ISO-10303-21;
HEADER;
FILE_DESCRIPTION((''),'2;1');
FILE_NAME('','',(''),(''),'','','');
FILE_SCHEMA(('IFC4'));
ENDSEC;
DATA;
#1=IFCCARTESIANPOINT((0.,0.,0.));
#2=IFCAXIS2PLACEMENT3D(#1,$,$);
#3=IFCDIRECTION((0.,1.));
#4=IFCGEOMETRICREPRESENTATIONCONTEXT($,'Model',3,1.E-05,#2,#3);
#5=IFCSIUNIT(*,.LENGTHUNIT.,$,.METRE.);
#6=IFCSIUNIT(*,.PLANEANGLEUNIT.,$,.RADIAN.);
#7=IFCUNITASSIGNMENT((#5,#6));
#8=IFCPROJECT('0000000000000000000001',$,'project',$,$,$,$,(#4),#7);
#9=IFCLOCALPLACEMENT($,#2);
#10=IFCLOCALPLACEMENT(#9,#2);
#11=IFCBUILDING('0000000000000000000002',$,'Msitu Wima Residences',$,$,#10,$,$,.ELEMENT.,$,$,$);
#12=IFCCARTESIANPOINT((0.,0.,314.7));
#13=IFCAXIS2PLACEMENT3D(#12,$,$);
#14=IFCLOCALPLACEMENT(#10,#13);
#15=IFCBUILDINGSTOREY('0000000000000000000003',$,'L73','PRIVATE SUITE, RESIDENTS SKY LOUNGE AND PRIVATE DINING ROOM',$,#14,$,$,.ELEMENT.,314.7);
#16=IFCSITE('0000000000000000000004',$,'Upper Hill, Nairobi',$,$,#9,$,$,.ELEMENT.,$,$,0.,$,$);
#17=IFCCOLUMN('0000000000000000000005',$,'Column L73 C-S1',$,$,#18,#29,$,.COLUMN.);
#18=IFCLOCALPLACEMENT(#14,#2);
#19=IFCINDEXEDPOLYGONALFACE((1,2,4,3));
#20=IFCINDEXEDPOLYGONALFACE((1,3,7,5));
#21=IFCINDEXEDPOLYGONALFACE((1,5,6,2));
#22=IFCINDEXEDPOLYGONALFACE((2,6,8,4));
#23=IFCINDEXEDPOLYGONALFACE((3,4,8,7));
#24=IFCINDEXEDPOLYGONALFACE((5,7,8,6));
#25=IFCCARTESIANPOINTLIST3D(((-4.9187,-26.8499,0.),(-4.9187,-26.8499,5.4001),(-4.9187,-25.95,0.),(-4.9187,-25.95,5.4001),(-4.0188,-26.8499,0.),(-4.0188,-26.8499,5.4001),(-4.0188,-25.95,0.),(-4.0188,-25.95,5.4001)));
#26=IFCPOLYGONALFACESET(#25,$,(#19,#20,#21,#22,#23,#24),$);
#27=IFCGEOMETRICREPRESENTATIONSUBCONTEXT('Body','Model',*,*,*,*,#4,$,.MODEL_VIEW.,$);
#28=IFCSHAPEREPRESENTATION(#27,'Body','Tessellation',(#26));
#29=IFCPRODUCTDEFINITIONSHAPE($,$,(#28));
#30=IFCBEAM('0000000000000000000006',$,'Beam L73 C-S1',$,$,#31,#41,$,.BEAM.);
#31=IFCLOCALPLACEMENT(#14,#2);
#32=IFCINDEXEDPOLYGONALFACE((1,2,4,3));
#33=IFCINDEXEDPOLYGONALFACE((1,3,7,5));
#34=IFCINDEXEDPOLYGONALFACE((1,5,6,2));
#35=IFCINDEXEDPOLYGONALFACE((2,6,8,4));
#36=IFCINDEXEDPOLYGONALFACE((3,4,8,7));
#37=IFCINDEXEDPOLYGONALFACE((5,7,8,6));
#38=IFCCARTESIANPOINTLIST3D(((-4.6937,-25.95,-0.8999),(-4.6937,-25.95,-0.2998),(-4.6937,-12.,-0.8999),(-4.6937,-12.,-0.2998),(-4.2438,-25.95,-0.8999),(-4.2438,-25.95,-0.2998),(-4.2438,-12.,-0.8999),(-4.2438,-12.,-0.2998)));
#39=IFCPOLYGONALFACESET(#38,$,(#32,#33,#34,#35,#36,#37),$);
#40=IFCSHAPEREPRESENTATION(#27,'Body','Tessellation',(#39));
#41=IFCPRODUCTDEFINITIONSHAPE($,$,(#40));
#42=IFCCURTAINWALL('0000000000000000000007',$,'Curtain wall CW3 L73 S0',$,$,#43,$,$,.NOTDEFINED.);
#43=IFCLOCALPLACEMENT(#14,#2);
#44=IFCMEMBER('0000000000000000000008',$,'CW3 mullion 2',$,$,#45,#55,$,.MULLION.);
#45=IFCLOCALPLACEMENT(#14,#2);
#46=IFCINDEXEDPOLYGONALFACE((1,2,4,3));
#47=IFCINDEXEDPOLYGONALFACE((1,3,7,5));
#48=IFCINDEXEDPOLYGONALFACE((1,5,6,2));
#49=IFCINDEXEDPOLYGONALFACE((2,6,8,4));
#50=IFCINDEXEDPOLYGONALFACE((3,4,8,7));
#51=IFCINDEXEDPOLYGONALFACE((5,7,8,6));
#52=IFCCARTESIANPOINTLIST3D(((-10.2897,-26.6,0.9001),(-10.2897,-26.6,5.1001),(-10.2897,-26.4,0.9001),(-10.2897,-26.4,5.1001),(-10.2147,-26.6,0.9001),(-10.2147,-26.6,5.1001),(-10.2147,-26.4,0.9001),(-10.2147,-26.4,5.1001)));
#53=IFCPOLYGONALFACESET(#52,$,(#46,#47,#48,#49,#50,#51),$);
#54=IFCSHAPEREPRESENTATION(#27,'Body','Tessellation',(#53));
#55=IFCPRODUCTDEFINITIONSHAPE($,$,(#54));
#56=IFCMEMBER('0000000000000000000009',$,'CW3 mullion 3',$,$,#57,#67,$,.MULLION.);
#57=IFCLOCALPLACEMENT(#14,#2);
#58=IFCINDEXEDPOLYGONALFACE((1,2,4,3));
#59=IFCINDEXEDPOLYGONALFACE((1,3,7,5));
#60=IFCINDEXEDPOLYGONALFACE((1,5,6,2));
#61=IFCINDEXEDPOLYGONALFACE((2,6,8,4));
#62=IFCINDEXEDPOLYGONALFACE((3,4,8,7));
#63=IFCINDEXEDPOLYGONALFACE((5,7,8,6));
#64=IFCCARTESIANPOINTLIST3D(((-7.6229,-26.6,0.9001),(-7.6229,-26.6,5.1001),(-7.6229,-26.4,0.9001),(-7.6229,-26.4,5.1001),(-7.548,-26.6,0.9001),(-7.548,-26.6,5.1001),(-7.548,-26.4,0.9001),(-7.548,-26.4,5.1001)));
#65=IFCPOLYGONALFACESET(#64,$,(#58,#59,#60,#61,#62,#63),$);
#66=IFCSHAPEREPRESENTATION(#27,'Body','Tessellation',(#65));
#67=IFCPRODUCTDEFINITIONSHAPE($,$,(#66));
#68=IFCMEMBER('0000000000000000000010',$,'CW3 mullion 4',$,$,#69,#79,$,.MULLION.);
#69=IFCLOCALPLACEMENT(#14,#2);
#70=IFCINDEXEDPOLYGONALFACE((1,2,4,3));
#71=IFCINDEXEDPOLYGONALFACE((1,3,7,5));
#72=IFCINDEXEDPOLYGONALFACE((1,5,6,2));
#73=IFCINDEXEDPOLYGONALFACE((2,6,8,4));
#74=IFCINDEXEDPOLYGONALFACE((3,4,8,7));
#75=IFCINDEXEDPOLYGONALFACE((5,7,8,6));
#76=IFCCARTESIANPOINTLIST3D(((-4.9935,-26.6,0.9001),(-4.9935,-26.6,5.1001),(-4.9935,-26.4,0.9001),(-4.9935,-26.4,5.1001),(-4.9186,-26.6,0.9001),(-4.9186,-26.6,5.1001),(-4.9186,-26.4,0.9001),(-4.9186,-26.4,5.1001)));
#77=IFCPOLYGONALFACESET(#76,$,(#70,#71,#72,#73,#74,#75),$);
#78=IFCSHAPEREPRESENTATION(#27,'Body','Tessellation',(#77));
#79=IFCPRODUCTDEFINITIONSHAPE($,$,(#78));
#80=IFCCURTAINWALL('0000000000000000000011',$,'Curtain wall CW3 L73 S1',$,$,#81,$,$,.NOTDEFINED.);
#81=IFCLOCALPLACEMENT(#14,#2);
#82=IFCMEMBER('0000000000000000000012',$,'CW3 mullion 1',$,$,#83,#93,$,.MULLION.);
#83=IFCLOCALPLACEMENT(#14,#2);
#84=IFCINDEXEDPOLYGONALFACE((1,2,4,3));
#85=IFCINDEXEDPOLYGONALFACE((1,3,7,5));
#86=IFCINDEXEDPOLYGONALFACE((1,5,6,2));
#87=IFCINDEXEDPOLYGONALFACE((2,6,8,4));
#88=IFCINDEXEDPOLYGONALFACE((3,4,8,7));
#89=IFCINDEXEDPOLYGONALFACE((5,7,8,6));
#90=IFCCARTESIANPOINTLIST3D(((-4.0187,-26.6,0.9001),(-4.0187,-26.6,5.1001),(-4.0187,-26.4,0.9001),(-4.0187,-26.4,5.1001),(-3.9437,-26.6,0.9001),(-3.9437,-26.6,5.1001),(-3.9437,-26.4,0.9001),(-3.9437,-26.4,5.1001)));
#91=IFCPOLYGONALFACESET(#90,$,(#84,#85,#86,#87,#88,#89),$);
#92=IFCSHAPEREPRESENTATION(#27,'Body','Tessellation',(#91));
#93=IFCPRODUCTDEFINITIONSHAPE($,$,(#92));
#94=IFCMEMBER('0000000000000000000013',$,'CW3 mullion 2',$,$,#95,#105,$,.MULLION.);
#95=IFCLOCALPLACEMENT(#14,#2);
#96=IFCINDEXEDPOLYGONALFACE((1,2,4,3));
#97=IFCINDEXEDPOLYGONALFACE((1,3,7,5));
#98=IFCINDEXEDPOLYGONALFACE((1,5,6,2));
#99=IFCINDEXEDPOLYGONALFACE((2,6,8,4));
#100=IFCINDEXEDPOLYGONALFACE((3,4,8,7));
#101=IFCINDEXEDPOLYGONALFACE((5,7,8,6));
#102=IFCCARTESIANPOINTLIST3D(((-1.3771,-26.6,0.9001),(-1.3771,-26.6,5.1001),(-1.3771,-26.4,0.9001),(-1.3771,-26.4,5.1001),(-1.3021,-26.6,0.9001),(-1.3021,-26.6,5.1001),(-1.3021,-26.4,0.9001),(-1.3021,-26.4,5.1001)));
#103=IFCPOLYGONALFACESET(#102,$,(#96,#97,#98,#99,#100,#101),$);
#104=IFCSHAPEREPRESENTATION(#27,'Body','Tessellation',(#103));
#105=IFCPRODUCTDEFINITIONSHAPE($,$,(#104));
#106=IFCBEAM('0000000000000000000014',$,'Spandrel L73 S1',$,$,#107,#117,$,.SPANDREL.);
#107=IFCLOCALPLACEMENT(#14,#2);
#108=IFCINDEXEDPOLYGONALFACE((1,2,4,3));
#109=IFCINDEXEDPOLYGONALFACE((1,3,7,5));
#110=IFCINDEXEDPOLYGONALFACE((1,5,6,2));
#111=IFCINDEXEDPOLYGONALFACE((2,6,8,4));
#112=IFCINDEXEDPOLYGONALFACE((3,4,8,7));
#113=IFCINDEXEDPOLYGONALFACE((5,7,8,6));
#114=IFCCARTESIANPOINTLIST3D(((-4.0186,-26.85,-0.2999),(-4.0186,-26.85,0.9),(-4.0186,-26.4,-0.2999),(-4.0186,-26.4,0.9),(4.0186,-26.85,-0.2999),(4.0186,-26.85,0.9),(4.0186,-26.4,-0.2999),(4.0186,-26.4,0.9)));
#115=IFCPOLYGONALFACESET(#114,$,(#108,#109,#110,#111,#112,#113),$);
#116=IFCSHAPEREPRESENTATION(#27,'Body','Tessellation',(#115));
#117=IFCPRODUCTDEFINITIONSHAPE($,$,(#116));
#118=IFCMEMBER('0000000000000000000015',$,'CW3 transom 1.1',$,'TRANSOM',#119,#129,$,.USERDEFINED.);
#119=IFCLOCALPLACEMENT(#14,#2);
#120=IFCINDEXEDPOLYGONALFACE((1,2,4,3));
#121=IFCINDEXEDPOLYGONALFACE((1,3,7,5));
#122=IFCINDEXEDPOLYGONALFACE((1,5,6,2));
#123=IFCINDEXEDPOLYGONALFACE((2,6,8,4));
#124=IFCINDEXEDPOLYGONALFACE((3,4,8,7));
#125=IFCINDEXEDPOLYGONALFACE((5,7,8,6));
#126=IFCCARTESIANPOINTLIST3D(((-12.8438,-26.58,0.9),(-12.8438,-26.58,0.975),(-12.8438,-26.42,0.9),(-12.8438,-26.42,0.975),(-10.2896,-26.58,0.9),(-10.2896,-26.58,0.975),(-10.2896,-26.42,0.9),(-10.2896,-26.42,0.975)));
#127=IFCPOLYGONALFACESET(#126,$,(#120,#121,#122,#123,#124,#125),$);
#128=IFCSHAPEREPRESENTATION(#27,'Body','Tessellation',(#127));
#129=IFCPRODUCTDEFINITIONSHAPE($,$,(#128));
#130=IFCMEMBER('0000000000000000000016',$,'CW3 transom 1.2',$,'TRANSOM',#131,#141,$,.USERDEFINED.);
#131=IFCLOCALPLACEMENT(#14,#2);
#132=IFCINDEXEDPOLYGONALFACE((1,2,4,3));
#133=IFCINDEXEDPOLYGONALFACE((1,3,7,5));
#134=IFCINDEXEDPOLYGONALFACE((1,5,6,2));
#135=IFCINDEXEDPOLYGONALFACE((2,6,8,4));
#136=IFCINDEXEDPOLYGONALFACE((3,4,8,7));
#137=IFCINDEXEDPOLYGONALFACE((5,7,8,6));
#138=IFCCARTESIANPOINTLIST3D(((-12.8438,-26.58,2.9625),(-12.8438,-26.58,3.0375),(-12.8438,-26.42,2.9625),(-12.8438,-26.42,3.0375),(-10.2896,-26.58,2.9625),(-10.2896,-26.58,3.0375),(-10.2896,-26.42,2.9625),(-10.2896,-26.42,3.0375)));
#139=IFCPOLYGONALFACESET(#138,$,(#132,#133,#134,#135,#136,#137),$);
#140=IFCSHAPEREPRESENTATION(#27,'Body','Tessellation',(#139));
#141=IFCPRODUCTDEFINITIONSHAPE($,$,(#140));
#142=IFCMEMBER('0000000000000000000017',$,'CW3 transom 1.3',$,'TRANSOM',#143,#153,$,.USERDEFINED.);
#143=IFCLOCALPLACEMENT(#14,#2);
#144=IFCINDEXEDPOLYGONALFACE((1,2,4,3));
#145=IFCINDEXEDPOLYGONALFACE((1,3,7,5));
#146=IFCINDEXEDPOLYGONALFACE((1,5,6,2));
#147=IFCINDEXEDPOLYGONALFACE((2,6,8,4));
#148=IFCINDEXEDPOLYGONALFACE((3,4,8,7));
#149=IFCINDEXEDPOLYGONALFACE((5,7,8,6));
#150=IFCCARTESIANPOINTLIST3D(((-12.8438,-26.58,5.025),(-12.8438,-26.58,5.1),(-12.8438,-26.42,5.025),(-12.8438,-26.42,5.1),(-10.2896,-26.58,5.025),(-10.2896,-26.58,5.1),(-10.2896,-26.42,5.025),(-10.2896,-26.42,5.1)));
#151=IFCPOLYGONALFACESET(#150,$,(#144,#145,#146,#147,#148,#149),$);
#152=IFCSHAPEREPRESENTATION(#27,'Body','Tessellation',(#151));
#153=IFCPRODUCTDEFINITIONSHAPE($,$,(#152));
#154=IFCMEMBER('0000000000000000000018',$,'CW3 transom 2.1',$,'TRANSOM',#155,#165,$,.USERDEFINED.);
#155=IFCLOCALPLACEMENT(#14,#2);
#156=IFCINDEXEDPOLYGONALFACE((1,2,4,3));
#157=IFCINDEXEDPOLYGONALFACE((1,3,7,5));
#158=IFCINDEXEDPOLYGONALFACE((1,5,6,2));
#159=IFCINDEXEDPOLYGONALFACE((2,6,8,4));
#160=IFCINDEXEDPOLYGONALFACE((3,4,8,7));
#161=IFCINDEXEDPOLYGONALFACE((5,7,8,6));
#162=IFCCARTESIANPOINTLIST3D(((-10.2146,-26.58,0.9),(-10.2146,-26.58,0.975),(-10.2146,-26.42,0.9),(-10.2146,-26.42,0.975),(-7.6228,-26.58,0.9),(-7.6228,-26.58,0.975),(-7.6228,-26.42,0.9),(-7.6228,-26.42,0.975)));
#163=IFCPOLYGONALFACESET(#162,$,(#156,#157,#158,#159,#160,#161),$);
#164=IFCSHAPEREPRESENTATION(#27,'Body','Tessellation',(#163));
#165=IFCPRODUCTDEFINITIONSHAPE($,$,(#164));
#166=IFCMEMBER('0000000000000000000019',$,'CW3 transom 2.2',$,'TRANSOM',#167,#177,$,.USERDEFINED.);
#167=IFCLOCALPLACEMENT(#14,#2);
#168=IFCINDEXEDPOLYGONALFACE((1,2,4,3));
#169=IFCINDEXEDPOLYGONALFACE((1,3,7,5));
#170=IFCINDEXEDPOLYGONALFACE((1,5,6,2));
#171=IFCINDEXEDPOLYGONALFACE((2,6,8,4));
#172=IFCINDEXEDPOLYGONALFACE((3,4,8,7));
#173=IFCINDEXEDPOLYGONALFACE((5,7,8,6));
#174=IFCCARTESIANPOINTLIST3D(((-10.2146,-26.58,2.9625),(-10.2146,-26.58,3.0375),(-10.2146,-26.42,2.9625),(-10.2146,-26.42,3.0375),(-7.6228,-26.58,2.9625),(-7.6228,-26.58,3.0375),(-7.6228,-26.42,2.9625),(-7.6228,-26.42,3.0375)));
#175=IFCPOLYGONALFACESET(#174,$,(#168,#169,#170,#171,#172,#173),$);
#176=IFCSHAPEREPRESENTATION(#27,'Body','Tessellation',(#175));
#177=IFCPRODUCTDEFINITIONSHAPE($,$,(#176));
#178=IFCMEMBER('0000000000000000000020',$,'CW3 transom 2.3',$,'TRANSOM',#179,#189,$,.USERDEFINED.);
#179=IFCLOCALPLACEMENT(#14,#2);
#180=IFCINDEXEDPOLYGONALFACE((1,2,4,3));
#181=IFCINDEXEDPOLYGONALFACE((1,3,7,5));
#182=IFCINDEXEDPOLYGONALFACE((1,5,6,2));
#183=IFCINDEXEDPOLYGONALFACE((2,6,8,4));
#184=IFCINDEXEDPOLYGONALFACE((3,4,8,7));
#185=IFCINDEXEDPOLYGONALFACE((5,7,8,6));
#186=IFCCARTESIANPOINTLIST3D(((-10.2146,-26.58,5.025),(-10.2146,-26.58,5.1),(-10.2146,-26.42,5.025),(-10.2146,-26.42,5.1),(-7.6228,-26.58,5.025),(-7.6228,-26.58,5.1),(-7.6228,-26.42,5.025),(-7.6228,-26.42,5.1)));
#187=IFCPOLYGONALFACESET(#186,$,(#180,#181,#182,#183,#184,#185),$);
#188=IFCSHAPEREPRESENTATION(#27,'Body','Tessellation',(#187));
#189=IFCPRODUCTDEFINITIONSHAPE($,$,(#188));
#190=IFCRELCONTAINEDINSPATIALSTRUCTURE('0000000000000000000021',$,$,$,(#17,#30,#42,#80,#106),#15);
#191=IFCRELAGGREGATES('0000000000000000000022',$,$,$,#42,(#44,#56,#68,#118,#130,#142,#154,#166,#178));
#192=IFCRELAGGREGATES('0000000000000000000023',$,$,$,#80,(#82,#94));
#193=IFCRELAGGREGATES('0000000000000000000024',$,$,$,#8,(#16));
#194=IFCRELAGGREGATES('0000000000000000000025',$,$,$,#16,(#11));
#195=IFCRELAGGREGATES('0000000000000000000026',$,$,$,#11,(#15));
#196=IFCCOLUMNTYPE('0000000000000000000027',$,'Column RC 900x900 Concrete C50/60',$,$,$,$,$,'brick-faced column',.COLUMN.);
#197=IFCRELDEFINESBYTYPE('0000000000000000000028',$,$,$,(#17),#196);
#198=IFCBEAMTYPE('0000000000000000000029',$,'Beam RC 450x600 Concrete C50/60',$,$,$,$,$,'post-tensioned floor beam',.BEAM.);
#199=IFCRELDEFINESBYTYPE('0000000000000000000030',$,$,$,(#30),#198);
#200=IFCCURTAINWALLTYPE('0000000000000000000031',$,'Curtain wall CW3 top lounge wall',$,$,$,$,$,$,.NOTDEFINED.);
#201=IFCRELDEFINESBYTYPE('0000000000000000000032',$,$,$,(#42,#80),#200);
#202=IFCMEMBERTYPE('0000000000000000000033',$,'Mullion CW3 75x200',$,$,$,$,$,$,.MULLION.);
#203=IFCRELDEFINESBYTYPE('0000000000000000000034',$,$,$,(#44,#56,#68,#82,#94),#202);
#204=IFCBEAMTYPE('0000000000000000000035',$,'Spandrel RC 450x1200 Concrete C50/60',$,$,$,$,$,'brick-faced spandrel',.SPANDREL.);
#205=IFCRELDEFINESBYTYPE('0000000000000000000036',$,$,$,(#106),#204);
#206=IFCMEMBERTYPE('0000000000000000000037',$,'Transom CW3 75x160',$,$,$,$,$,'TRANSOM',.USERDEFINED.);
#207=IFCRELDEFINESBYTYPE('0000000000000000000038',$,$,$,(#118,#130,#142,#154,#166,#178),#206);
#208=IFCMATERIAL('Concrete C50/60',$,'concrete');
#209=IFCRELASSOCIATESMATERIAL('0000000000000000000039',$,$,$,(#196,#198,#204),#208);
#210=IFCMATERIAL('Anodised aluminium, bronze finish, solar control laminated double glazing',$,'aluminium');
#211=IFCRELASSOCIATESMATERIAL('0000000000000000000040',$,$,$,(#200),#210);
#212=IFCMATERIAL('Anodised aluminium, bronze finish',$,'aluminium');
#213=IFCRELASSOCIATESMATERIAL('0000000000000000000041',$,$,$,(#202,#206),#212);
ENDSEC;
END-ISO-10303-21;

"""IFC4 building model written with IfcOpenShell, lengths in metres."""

from ifc_helpers import new_model, si_unit, direction, frame, origin, origin_2d, place, context, subcontext, project, spatial, rectangle, extrude, material, material_profile, profile_set, type_object, element, aggregate, save


model = new_model("IFC4")

# Units and contexts
model_context = context("Model", 3, precision=1e-05, world=origin(), true_north=direction((0.0, 1.0)))
body_context = subcontext(model_context, "Body", "Model", "MODEL_VIEW")
ifc_project = project(units=[si_unit("LENGTHUNIT", "METRE"), si_unit("PLANEANGLEUNIT", "RADIAN")], contexts=[model_context])

# Site, building, storey
site_placement = place(None, origin())
site = spatial("IfcSite", under=ifc_project, at=site_placement, Name="Upper Hill, Nairobi", CompositionType="ELEMENT", RefElevation=0.0)
building_placement = place(site_placement, origin())
building = spatial("IfcBuilding", under=site, at=building_placement, Name="Msitu Wima Residences", CompositionType="ELEMENT")
storey_placement = place(building_placement, frame((0.0, 0.0, 314.7)))
storey = spatial("IfcBuildingStorey", under=building, at=storey_placement, Name="L73", Description="PRIVATE SUITE, RESIDENTS SKY LOUNGE AND PRIVATE DINING ROOM", CompositionType="ELEMENT", Elevation=314.7)

# Column
ifc_material_1 = material(Name="Concrete C50/60", Category="concrete")
ifc_material_profile_1 = material_profile(ifc_material_1, rectangle(XDim=0.8999, YDim=0.8999, at=origin_2d()), Name="RC 900x900")
ifc_profile_set_1 = profile_set([ifc_material_profile_1], Name="Concrete C50/60")
column_type = type_object("IfcColumnType", Name="Column RC 900x900 Concrete C50/60", ElementType="brick-faced column", PredefinedType="COLUMN", material=ifc_profile_set_1)
column_placement = place(storey_placement, frame((-4.4688, -26.3999, 0.0), z_axis=(0.0, 0.0, 1.0), x_axis=(1.0, 0.0, 0.0)))
element("IfcColumn", 1, at=column_placement, inside=storey, type_object=column_type, Name="Column L73 C-S1", PredefinedType="COLUMN", context=body_context, shape_type="SweptSolid", body=[
    extrude(rectangle(XDim=0.8999, YDim=0.8999, at=origin_2d()), origin(), (0.0, 0.0, 1.0), 5.4001),
])

# Beam
ifc_material_profile_2 = material_profile(ifc_material_1, rectangle(XDim=0.45, YDim=0.6001, at=origin_2d()), Name="RC 450x600")
ifc_profile_set_2 = profile_set([ifc_material_profile_2], Name="Concrete C50/60")
beam_type_1 = type_object("IfcBeamType", Name="Beam RC 450x600 Concrete C50/60", ElementType="post-tensioned floor beam", PredefinedType="BEAM", material=ifc_profile_set_2)
beam_1_placement = place(storey_placement, frame((-4.4688, -25.95, -0.5999), z_axis=(0.0, 1.0, 0.0), x_axis=(-1.0, 0.0, 0.0)))
element("IfcBeam", 2, at=beam_1_placement, inside=storey, type_object=beam_type_1, Name="Beam L73 C-S1", PredefinedType="BEAM", context=body_context, shape_type="SweptSolid", body=[
    extrude(rectangle(XDim=0.45, YDim=0.6001, at=origin_2d()), origin(), (0.0, 0.0, 1.0), 13.95),
])

# Curtain walls, members
ifc_material_2 = material(Name="Anodised aluminium, bronze finish, solar control laminated double glazing", Category="aluminium")
curtain_wall_type = type_object("IfcCurtainWallType", Name="Curtain wall CW3 top lounge wall", PredefinedType="NOTDEFINED", material=ifc_material_2)
curtain_wall_1_placement = place(storey_placement, origin())
curtain_wall_1 = element("IfcCurtainWall", 3, at=curtain_wall_1_placement, inside=storey, type_object=curtain_wall_type, Name="Curtain wall CW3 L73 S0", PredefinedType="NOTDEFINED")
ifc_material_3 = material(Name="Anodised aluminium, bronze finish", Category="aluminium")
ifc_material_profile_3 = material_profile(ifc_material_3, rectangle(XDim=0.2, YDim=0.075, at=origin_2d()), Name="Mullion 75x200")
ifc_profile_set_3 = profile_set([ifc_material_profile_3], Name="Anodised aluminium, bronze finish")
member_type_1 = type_object("IfcMemberType", Name="Mullion CW3 75x200", PredefinedType="MULLION", material=ifc_profile_set_3)
member_1_placement = place(storey_placement, frame((-10.2522, -26.5, 0.9001), z_axis=(0.0, 0.0, 1.0), x_axis=(0.0, 1.0, 0.0)))
member_1 = element("IfcMember", 4, at=member_1_placement, type_object=member_type_1, Name="CW3 mullion 2", PredefinedType="MULLION", context=body_context, shape_type="SweptSolid", body=[
    extrude(rectangle(XDim=0.2, YDim=0.075, at=origin_2d()), origin(), (0.0, 0.0, 1.0), 4.2),
])
member_2_placement = place(storey_placement, frame((-7.5854, -26.5, 0.9001), z_axis=(0.0, 0.0, 1.0), x_axis=(0.0, 1.0, 0.0)))
member_2 = element("IfcMember", 5, at=member_2_placement, type_object=member_type_1, Name="CW3 mullion 3", PredefinedType="MULLION", context=body_context, shape_type="SweptSolid", body=[
    extrude(rectangle(XDim=0.2, YDim=0.075, at=origin_2d()), origin(), (0.0, 0.0, 1.0), 4.2),
])
member_3_placement = place(storey_placement, frame((-4.9561, -26.5, 0.9001), z_axis=(0.0, 0.0, 1.0), x_axis=(0.0, 1.0, 0.0)))
member_3 = element("IfcMember", 6, at=member_3_placement, type_object=member_type_1, Name="CW3 mullion 4", PredefinedType="MULLION", context=body_context, shape_type="SweptSolid", body=[
    extrude(rectangle(XDim=0.2, YDim=0.075, at=origin_2d()), origin(), (0.0, 0.0, 1.0), 4.2),
])
curtain_wall_2_placement = place(storey_placement, origin())
curtain_wall_2 = element("IfcCurtainWall", 7, at=curtain_wall_2_placement, inside=storey, type_object=curtain_wall_type, Name="Curtain wall CW3 L73 S1", PredefinedType="NOTDEFINED")
member_4_placement = place(storey_placement, frame((-3.9812, -26.5, 0.9001), z_axis=(0.0, 0.0, 1.0), x_axis=(0.0, 1.0, 0.0)))
member_4 = element("IfcMember", 8, at=member_4_placement, type_object=member_type_1, Name="CW3 mullion 1", PredefinedType="MULLION", context=body_context, shape_type="SweptSolid", body=[
    extrude(rectangle(XDim=0.2, YDim=0.075, at=origin_2d()), origin(), (0.0, 0.0, 1.0), 4.2),
])
member_5_placement = place(storey_placement, frame((-1.3396, -26.5, 0.9001), z_axis=(0.0, 0.0, 1.0), x_axis=(0.0, 1.0, 0.0)))
member_5 = element("IfcMember", 9, at=member_5_placement, type_object=member_type_1, Name="CW3 mullion 2", PredefinedType="MULLION", context=body_context, shape_type="SweptSolid", body=[
    extrude(rectangle(XDim=0.2, YDim=0.075, at=origin_2d()), origin(), (0.0, 0.0, 1.0), 4.2),
])

# Beam
ifc_material_profile_4 = material_profile(ifc_material_1, rectangle(XDim=0.45, YDim=1.2, at=origin_2d()), Name="RC 450x1200")
ifc_profile_set_4 = profile_set([ifc_material_profile_4], Name="Concrete C50/60")
beam_type_2 = type_object("IfcBeamType", Name="Spandrel RC 450x1200 Concrete C50/60", ElementType="brick-faced spandrel", PredefinedType="SPANDREL", material=ifc_profile_set_4)
beam_2_placement = place(storey_placement, frame((-4.0186, -26.625, 0.3), z_axis=(1.0, 0.0, 0.0), x_axis=(0.0, 1.0, 0.0)))
element("IfcBeam", 10, at=beam_2_placement, inside=storey, type_object=beam_type_2, Name="Spandrel L73 S1", PredefinedType="SPANDREL", context=body_context, shape_type="SweptSolid", body=[
    extrude(rectangle(XDim=0.45, YDim=1.2, at=origin_2d()), origin(), (0.0, 0.0, 1.0), 8.0371),
])

# Members
ifc_material_profile_5 = material_profile(ifc_material_3, rectangle(XDim=0.1599, YDim=0.075, at=origin_2d()), Name="Transom 75x160")
ifc_profile_set_5 = profile_set([ifc_material_profile_5], Name="Anodised aluminium, bronze finish")
member_type_2 = type_object("IfcMemberType", Name="Transom CW3 75x160", ElementType="TRANSOM", PredefinedType="USERDEFINED", material=ifc_profile_set_5)
member_6_placement = place(storey_placement, frame((-12.8438, -26.5, 0.9375), z_axis=(1.0, 0.0, 0.0), x_axis=(0.0, 1.0, 0.0)))
member_6 = element("IfcMember", 11, at=member_6_placement, type_object=member_type_2, Name="CW3 transom 1.1", ObjectType="TRANSOM", PredefinedType="USERDEFINED", context=body_context, shape_type="SweptSolid", body=[
    extrude(rectangle(XDim=0.1599, YDim=0.075, at=origin_2d()), origin(), (0.0, 0.0, 1.0), 2.5542),
])
member_7_placement = place(storey_placement, frame((-12.8438, -26.5, 3.0), z_axis=(1.0, 0.0, 0.0), x_axis=(0.0, 1.0, 0.0)))
member_7 = element("IfcMember", 12, at=member_7_placement, type_object=member_type_2, Name="CW3 transom 1.2", ObjectType="TRANSOM", PredefinedType="USERDEFINED", context=body_context, shape_type="SweptSolid", body=[
    extrude(rectangle(XDim=0.1599, YDim=0.075, at=origin_2d()), origin(), (0.0, 0.0, 1.0), 2.5542),
])
member_8_placement = place(storey_placement, frame((-12.8438, -26.5, 5.0625), z_axis=(1.0, 0.0, 0.0), x_axis=(0.0, 1.0, 0.0)))
member_8 = element("IfcMember", 13, at=member_8_placement, type_object=member_type_2, Name="CW3 transom 1.3", ObjectType="TRANSOM", PredefinedType="USERDEFINED", context=body_context, shape_type="SweptSolid", body=[
    extrude(rectangle(XDim=0.1599, YDim=0.075, at=origin_2d()), origin(), (0.0, 0.0, 1.0), 2.5542),
])
member_9_placement = place(storey_placement, frame((-10.2146, -26.5, 0.9375), z_axis=(1.0, 0.0, 0.0), x_axis=(0.0, 1.0, 0.0)))
member_9 = element("IfcMember", 14, at=member_9_placement, type_object=member_type_2, Name="CW3 transom 2.1", ObjectType="TRANSOM", PredefinedType="USERDEFINED", context=body_context, shape_type="SweptSolid", body=[
    extrude(rectangle(XDim=0.1599, YDim=0.075, at=origin_2d()), origin(), (0.0, 0.0, 1.0), 2.5918),
])
member_10_placement = place(storey_placement, frame((-10.2146, -26.5, 3.0), z_axis=(1.0, 0.0, 0.0), x_axis=(0.0, 1.0, 0.0)))
member_10 = element("IfcMember", 15, at=member_10_placement, type_object=member_type_2, Name="CW3 transom 2.2", ObjectType="TRANSOM", PredefinedType="USERDEFINED", context=body_context, shape_type="SweptSolid", body=[
    extrude(rectangle(XDim=0.1599, YDim=0.075, at=origin_2d()), origin(), (0.0, 0.0, 1.0), 2.5918),
])
member_11_placement = place(storey_placement, frame((-10.2146, -26.5, 5.0625), z_axis=(1.0, 0.0, 0.0), x_axis=(0.0, 1.0, 0.0)))
member_11 = element("IfcMember", 16, at=member_11_placement, type_object=member_type_2, Name="CW3 transom 2.3", ObjectType="TRANSOM", PredefinedType="USERDEFINED", context=body_context, shape_type="SweptSolid", body=[
    extrude(rectangle(XDim=0.1599, YDim=0.075, at=origin_2d()), origin(), (0.0, 0.0, 1.0), 2.5918),
])

aggregate(curtain_wall_1, [member_1, member_2, member_3, member_6, member_7, member_8, member_9, member_10, member_11])
aggregate(curtain_wall_2, [member_4, member_5])

save(model, "model.ifc")
